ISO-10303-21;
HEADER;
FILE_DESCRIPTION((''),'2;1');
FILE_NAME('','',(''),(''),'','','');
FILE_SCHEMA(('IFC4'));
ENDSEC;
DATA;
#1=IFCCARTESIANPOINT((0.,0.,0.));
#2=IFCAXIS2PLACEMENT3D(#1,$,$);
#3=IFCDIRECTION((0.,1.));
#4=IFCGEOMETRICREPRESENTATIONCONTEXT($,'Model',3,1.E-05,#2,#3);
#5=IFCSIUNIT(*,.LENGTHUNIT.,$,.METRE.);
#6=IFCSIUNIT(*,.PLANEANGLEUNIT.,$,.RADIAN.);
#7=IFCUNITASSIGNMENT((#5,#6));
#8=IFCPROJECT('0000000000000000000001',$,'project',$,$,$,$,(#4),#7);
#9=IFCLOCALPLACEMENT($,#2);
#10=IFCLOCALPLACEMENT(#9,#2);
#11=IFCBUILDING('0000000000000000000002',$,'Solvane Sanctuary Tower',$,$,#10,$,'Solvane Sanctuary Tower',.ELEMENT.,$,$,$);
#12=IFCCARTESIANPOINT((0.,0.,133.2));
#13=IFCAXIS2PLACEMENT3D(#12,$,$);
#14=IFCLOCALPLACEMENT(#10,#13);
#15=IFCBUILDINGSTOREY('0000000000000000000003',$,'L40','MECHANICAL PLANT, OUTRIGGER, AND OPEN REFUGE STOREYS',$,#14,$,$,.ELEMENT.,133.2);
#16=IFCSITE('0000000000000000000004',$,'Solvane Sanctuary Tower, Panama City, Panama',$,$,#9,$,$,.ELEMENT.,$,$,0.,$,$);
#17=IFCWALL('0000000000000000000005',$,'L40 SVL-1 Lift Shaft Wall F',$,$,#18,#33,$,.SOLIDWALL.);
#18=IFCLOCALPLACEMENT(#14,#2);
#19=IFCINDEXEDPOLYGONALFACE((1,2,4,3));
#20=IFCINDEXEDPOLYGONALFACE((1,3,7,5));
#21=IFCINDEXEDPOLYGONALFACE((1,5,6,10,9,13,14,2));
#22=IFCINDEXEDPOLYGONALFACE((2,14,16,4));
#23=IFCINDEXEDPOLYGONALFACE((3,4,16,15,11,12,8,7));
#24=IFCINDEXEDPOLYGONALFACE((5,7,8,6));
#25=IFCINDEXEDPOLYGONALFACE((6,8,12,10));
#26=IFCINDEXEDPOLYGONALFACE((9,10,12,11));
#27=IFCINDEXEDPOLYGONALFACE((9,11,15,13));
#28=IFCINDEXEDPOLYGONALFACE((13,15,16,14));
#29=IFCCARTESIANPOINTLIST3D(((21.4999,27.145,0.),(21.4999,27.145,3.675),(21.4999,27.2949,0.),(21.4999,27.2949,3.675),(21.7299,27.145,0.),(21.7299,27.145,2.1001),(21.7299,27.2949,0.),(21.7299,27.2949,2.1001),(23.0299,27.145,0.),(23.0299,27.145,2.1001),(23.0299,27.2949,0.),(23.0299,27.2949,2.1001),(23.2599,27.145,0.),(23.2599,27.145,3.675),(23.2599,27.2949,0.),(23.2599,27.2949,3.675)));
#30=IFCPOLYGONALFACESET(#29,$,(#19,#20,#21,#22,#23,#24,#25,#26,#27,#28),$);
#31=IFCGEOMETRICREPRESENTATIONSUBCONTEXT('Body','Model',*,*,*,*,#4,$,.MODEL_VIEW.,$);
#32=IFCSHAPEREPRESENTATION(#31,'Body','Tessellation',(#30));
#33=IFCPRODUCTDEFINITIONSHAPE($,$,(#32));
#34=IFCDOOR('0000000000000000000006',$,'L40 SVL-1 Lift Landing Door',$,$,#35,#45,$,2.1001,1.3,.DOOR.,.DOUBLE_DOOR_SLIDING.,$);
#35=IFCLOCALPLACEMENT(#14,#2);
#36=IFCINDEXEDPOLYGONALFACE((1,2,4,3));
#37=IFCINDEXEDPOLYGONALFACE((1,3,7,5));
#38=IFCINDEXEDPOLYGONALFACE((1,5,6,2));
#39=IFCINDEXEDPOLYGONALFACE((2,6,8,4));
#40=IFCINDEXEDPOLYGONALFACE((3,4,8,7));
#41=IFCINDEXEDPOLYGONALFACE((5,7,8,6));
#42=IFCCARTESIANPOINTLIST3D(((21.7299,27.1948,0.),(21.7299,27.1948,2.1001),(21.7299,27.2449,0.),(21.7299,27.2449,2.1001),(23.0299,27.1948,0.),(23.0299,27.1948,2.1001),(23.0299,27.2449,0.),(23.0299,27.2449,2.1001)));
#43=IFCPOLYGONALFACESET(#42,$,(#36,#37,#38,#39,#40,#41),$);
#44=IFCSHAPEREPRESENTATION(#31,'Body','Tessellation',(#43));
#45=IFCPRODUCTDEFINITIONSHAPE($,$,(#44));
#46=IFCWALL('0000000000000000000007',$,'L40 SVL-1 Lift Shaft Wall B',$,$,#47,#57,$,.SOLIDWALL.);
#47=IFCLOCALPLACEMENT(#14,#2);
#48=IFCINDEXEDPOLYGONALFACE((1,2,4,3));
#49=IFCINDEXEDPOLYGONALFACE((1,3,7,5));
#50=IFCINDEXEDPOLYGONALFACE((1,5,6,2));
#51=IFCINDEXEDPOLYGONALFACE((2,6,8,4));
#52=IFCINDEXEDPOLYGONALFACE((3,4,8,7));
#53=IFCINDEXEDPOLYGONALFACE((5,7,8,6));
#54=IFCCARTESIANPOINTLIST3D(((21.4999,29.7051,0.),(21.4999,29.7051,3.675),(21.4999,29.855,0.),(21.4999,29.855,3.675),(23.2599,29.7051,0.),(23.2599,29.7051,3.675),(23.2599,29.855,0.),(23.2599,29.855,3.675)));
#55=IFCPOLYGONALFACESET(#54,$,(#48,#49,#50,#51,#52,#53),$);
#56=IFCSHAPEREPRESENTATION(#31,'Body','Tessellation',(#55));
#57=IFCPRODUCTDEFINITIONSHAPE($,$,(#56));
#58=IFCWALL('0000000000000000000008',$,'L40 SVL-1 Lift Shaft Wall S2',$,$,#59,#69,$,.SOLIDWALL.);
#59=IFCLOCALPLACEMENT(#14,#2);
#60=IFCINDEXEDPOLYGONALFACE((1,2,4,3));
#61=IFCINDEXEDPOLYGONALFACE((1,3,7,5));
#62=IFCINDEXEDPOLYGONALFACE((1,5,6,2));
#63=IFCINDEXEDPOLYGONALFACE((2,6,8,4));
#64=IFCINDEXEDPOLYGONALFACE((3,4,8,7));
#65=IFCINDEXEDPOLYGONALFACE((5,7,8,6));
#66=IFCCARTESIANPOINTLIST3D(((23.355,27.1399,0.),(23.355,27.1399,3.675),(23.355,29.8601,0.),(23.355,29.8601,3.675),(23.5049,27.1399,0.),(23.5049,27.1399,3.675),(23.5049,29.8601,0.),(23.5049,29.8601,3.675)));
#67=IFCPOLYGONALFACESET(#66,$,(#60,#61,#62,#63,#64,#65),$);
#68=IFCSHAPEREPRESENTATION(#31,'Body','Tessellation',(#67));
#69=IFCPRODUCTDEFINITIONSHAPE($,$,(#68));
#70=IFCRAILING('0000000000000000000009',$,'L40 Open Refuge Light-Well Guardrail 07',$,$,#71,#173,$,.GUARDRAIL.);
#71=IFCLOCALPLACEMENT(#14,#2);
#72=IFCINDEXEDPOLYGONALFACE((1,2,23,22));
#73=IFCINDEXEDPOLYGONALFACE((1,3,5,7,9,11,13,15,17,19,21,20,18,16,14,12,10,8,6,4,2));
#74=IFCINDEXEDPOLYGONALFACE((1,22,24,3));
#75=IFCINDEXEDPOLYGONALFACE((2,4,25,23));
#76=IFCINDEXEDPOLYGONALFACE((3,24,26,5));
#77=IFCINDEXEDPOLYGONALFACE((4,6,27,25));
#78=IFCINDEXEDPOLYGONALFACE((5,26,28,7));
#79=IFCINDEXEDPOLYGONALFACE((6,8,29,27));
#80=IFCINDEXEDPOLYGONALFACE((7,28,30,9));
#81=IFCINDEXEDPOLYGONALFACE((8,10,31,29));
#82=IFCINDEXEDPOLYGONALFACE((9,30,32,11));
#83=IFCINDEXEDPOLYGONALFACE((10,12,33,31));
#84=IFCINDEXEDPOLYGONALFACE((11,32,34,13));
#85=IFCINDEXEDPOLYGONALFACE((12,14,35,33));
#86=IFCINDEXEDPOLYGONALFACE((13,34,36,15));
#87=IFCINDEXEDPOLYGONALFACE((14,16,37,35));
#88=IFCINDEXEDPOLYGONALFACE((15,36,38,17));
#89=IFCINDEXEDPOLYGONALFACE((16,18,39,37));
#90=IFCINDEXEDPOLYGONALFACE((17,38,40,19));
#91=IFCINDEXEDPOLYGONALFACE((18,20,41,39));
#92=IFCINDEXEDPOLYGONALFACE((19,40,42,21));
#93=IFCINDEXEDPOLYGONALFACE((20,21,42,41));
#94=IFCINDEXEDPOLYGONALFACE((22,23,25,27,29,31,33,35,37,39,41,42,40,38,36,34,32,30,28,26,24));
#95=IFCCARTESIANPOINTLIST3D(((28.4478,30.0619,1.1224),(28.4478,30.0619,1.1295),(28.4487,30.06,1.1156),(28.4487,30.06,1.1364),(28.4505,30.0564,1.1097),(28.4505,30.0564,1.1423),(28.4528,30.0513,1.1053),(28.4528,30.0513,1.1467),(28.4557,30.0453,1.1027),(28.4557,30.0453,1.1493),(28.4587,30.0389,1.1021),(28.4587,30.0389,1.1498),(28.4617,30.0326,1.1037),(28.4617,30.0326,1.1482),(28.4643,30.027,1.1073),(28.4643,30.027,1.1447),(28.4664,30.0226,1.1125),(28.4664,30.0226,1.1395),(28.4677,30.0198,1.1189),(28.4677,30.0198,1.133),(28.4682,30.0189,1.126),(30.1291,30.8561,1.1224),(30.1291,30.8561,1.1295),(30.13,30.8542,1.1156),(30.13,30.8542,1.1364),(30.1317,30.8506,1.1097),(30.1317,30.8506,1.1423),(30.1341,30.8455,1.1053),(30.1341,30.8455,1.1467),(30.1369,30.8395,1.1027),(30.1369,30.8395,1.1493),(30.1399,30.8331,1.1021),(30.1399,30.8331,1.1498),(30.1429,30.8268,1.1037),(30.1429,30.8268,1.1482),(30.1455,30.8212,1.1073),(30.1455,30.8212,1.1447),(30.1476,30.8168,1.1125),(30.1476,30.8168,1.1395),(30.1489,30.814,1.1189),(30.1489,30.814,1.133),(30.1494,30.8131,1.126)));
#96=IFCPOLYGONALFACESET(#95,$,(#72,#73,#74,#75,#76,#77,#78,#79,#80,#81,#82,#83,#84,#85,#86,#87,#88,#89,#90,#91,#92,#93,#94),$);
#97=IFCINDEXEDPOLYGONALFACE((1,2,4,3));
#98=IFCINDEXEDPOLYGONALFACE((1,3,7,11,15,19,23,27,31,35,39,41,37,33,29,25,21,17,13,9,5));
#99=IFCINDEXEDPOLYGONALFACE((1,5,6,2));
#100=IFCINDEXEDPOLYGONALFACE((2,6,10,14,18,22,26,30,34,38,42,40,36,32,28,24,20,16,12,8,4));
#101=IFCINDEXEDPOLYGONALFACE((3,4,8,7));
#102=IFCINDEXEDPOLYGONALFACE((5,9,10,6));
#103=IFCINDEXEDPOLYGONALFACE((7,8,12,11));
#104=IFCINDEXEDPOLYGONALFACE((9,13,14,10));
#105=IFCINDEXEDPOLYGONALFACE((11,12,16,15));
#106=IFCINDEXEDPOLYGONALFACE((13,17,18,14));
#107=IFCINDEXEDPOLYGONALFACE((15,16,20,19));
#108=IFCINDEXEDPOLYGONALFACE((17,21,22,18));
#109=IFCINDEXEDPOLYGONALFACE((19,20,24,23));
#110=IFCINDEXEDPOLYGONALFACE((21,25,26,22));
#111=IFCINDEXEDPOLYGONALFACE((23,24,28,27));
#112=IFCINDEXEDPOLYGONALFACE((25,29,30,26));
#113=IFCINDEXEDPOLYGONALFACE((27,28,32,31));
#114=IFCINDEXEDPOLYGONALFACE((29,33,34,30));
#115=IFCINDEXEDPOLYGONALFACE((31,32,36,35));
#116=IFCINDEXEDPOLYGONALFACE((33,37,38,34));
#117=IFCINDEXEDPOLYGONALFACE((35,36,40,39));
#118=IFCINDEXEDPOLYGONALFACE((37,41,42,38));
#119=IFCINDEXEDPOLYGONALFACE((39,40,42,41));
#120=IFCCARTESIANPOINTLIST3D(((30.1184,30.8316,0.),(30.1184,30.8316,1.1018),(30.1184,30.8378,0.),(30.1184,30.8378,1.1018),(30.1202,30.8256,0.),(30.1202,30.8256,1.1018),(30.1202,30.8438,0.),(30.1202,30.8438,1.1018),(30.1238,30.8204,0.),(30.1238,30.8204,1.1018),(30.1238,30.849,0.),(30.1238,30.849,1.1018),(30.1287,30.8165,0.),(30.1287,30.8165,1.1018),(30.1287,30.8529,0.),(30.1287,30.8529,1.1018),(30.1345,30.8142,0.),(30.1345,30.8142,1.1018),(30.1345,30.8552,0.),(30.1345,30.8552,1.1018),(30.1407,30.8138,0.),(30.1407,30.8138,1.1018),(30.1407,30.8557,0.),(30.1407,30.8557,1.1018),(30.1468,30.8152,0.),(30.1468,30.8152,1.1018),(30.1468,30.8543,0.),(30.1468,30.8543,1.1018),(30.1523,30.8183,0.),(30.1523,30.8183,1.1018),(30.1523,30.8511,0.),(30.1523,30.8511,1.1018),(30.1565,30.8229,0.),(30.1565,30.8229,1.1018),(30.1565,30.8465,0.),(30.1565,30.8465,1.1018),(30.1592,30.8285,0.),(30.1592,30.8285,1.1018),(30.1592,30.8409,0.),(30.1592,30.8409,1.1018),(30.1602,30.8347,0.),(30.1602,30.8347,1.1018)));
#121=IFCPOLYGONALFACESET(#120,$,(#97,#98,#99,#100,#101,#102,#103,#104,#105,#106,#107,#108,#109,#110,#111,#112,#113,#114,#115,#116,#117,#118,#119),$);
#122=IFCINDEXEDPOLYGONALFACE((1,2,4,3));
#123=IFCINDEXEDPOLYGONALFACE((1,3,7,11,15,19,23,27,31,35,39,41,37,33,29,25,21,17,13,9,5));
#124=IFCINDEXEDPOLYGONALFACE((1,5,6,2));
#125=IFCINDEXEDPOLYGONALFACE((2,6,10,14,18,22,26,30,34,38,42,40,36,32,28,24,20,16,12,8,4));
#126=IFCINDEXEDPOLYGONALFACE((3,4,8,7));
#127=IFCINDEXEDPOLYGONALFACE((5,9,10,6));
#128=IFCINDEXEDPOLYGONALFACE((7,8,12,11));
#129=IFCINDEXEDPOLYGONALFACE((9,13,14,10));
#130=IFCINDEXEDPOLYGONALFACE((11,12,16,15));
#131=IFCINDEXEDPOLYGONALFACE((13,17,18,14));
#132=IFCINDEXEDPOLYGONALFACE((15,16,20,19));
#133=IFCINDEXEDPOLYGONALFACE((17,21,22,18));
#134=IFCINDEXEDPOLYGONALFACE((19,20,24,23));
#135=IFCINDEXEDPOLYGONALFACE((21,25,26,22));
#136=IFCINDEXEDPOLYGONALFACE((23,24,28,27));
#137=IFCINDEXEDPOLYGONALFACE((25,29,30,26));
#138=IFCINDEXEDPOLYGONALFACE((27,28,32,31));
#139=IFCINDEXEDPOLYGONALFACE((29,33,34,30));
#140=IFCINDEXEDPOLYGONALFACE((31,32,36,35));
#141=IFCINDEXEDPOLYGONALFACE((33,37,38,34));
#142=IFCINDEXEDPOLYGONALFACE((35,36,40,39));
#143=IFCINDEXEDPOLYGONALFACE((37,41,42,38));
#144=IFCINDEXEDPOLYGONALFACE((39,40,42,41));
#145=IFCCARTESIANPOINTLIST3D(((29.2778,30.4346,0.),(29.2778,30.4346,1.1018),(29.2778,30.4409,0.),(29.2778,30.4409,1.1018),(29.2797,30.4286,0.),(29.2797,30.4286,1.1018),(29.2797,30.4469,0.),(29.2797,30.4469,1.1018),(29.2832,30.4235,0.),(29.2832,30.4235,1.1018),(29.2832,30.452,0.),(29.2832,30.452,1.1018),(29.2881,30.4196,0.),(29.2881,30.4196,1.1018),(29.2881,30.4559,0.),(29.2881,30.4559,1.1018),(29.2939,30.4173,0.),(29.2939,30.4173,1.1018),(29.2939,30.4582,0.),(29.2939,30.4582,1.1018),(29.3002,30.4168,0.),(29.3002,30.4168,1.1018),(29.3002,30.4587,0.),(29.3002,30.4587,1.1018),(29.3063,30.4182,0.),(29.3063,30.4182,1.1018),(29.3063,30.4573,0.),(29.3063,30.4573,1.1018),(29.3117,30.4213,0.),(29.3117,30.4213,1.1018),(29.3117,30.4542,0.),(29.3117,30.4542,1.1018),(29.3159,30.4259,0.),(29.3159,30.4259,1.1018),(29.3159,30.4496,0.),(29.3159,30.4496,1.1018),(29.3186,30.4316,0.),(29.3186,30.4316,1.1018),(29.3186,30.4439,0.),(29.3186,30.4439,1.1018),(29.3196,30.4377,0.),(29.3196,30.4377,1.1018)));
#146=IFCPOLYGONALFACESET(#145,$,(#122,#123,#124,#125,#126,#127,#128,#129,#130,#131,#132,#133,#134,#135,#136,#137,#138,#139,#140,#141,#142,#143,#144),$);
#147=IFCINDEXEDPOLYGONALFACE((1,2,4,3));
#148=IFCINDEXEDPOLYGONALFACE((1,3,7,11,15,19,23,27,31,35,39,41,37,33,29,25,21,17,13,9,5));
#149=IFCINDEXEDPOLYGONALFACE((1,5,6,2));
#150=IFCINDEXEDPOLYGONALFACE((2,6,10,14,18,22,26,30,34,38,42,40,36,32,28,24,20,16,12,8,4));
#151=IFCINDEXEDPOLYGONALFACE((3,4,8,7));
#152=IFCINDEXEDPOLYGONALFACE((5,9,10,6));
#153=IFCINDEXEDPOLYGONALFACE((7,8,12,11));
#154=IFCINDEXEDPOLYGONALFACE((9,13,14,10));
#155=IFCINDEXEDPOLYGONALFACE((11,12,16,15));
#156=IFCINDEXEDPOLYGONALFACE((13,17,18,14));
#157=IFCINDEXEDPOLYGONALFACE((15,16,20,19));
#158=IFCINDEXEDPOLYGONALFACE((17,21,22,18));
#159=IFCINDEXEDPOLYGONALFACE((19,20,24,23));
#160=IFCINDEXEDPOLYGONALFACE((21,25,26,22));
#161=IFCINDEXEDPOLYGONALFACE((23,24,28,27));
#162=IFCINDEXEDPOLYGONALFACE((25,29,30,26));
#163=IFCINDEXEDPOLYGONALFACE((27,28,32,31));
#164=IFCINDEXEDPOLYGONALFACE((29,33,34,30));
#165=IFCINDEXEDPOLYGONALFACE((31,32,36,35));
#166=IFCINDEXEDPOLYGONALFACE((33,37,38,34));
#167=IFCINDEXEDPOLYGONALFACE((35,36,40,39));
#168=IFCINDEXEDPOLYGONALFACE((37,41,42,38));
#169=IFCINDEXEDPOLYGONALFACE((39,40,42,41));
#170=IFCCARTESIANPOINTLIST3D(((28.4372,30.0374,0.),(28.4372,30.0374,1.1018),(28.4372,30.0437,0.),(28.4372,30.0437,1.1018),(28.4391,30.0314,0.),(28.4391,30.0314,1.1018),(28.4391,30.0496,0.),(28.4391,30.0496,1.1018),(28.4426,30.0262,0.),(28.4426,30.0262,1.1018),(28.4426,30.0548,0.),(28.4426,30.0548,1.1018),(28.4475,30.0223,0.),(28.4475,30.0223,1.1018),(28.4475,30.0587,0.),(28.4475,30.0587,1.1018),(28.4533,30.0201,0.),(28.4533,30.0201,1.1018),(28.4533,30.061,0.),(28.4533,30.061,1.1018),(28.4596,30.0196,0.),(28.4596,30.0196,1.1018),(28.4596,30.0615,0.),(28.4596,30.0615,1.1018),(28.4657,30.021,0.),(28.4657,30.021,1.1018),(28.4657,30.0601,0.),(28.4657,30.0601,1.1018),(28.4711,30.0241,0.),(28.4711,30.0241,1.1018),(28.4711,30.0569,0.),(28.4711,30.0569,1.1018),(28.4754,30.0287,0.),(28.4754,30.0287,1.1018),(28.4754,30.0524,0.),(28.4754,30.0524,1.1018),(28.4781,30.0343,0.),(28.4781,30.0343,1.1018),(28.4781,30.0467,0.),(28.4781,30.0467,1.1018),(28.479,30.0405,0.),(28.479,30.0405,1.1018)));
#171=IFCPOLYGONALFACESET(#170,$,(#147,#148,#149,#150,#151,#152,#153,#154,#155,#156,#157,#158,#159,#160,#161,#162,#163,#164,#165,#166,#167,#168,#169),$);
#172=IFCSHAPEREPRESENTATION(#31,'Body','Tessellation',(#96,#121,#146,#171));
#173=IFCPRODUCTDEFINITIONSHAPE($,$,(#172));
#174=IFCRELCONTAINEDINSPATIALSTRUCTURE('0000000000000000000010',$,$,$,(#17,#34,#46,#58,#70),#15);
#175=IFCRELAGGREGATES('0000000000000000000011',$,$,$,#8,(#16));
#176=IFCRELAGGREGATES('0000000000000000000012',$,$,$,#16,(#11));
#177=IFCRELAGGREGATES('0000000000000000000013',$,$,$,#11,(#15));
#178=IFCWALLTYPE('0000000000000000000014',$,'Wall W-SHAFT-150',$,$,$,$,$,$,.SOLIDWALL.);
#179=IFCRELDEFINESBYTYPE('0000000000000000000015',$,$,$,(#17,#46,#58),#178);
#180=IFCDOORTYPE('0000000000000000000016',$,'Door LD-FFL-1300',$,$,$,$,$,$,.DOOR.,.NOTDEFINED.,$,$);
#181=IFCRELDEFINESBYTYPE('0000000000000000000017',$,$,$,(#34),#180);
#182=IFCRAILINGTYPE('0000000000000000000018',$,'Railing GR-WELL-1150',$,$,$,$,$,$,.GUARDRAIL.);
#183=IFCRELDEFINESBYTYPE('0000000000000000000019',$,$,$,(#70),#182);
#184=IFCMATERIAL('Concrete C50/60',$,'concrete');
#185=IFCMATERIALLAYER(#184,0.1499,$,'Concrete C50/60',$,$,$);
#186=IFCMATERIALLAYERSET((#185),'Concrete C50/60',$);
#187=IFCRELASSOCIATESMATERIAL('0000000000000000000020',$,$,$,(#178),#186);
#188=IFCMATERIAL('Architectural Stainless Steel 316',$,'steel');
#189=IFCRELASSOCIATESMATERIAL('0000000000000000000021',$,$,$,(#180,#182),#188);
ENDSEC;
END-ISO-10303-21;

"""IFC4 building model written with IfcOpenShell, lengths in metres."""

from ifc_helpers import new_model, si_unit, direction, frame, frame_2d, origin, origin_2d, place, context, subcontext, project, spatial, rectangle, circle, extrude, material, layer, layer_set, type_object, element, fill, save


model = new_model("IFC4")

# Units and contexts
model_context = context("Model", 3, precision=1e-05, world=origin(), true_north=direction((0.0, 1.0)))
body_context = subcontext(model_context, "Body", "Model", "MODEL_VIEW")
ifc_project = project(units=[si_unit("LENGTHUNIT", "METRE"), si_unit("PLANEANGLEUNIT", "RADIAN")], contexts=[model_context])

# Site, building, storey
site_placement = place(None, origin())
site = spatial("IfcSite", under=ifc_project, at=site_placement, Name="Solvane Sanctuary Tower, Panama City, Panama", CompositionType="ELEMENT", RefElevation=0.0)
building_placement = place(site_placement, origin())
building = spatial("IfcBuilding", under=site, at=building_placement, Name="Solvane Sanctuary Tower", LongName="Solvane Sanctuary Tower", CompositionType="ELEMENT")
storey_placement = place(building_placement, frame((0.0, 0.0, 133.2)))
storey = spatial("IfcBuildingStorey", under=building, at=storey_placement, Name="L40", Description="MECHANICAL PLANT, OUTRIGGER, AND OPEN REFUGE STOREYS", CompositionType="ELEMENT", Elevation=133.2)

# Shared definitions
ifc_material_1 = material(Name="Concrete C50/60", Category="concrete")

# Shared definitions
ifc_material_2 = material(Name="Architectural Stainless Steel 316", Category="steel")

# Shared definitions
ifc_layer_1 = layer(ifc_material_1, 0.1499, Name="Concrete C50/60")
ifc_layer_set_1 = layer_set([ifc_layer_1], Name="Concrete C50/60")
wall_type_1 = type_object("IfcWallType", Name="Wall W-SHAFT-150", PredefinedType="SOLIDWALL", material=ifc_layer_set_1)

# Wall, opening, door
wall_1_placement = place(storey_placement, frame((21.5, 27.22, 0.0), z_axis=(0.0, 0.0, 1.0), x_axis=(1.0, 0.0, 0.0)))
wall_1 = element("IfcWall", 1, at=wall_1_placement, inside=storey, type_object=wall_type_1, Name="L40 SVL-1 Lift Shaft Wall F", PredefinedType="SOLIDWALL", context=body_context, shape_type="SweptSolid", body=[
    extrude(rectangle(XDim=1.76, YDim=0.1499, at=frame_2d((0.8799, 0.0))), origin(), (0.0, 0.0, 1.0), 3.675),
])
opening_1_placement = place(wall_1_placement, frame((0.23, 0.0, 0.0)))
opening_1 = element("IfcOpeningElement", 2, at=opening_1_placement, cuts=wall_1, PredefinedType="OPENING", context=body_context, shape_type="SweptSolid", body=[
    extrude(rectangle(XDim=1.3, YDim=2.1001, at=frame_2d((0.6499, 1.05))), frame((0.0, 0.085, 0.0), z_axis=(0.0, -1.0, 0.0), x_axis=(1.0, 0.0, 0.0)), (0.0, 0.0, 1.0), 0.1699),
])
door_type_1 = type_object("IfcDoorType", Name="Door LD-FFL-1300", OperationType="NOTDEFINED", PredefinedType="DOOR", material=ifc_material_2)
door_1_placement = place(opening_1_placement, origin())
door_1 = element("IfcDoor", 3, at=door_1_placement, inside=storey, type_object=door_type_1, Name="L40 SVL-1 Lift Landing Door", OperationType="DOUBLE_DOOR_SLIDING", OverallHeight=2.1001, OverallWidth=1.3, PredefinedType="DOOR", context=body_context, shape_type="SweptSolid", body=[
    extrude(rectangle(XDim=1.3, YDim=2.1001, at=frame_2d((0.6499, 1.05))), frame((0.0, 0.0249, 0.0), z_axis=(0.0, -1.0, 0.0), x_axis=(1.0, 0.0, 0.0)), (0.0, 0.0, 1.0), 0.05),
])
fill(opening_1, door_1)

# Walls
wall_2_placement = place(storey_placement, frame((21.5, 29.78, 0.0), z_axis=(0.0, 0.0, 1.0), x_axis=(1.0, 0.0, 0.0)))
element("IfcWall", 4, at=wall_2_placement, inside=storey, type_object=wall_type_1, Name="L40 SVL-1 Lift Shaft Wall B", PredefinedType="SOLIDWALL", context=body_context, shape_type="SweptSolid", body=[
    extrude(rectangle(XDim=1.76, YDim=0.1499, at=frame_2d((0.8799, 0.0))), origin(), (0.0, 0.0, 1.0), 3.675),
])
wall_3_placement = place(storey_placement, frame((23.4299, 27.1399, 0.0), z_axis=(0.0, 0.0, 1.0), x_axis=(0.0, 1.0, 0.0)))
element("IfcWall", 5, at=wall_3_placement, inside=storey, type_object=wall_type_1, Name="L40 SVL-1 Lift Shaft Wall S2", PredefinedType="SOLIDWALL", context=body_context, shape_type="SweptSolid", body=[
    extrude(rectangle(XDim=2.7202, YDim=0.1499, at=frame_2d((1.3601, 0.0))), origin(), (0.0, 0.0, 1.0), 3.675),
])

# Railing
railing_type_1 = type_object("IfcRailingType", Name="Railing GR-WELL-1150", PredefinedType="GUARDRAIL", material=ifc_material_2)
railing_1_placement = place(storey_placement, frame((30.1392, 30.8347, 0.0)))
element("IfcRailing", 6, at=railing_1_placement, inside=storey, type_object=railing_type_1, Name="L40 Open Refuge Light-Well Guardrail 07", PredefinedType="GUARDRAIL", context=body_context, shape_type="SweptSolid", body=[
    extrude(circle(Radius=0.0239, at=origin_2d()), frame((0.0, 0.0, 1.126), z_axis=(-0.904184, -0.427143, 0.0), x_axis=(0.427143, -0.904184, 0.0)), (0.0, 0.0, 1.0), 1.8594),
    extrude(circle(Radius=0.021, at=origin_2d()), origin(), (0.0, 0.0, 1.0), 1.1018),
    extrude(circle(Radius=0.021, at=origin_2d()), frame((-0.8406, -0.397, 0.0)), (0.0, 0.0, 1.0), 1.1018),
    extrude(circle(Radius=0.021, at=origin_2d()), frame((-1.6812, -0.7942, 0.0)), (0.0, 0.0, 1.0), 1.1018),
])

save(model, "model.ifc")
